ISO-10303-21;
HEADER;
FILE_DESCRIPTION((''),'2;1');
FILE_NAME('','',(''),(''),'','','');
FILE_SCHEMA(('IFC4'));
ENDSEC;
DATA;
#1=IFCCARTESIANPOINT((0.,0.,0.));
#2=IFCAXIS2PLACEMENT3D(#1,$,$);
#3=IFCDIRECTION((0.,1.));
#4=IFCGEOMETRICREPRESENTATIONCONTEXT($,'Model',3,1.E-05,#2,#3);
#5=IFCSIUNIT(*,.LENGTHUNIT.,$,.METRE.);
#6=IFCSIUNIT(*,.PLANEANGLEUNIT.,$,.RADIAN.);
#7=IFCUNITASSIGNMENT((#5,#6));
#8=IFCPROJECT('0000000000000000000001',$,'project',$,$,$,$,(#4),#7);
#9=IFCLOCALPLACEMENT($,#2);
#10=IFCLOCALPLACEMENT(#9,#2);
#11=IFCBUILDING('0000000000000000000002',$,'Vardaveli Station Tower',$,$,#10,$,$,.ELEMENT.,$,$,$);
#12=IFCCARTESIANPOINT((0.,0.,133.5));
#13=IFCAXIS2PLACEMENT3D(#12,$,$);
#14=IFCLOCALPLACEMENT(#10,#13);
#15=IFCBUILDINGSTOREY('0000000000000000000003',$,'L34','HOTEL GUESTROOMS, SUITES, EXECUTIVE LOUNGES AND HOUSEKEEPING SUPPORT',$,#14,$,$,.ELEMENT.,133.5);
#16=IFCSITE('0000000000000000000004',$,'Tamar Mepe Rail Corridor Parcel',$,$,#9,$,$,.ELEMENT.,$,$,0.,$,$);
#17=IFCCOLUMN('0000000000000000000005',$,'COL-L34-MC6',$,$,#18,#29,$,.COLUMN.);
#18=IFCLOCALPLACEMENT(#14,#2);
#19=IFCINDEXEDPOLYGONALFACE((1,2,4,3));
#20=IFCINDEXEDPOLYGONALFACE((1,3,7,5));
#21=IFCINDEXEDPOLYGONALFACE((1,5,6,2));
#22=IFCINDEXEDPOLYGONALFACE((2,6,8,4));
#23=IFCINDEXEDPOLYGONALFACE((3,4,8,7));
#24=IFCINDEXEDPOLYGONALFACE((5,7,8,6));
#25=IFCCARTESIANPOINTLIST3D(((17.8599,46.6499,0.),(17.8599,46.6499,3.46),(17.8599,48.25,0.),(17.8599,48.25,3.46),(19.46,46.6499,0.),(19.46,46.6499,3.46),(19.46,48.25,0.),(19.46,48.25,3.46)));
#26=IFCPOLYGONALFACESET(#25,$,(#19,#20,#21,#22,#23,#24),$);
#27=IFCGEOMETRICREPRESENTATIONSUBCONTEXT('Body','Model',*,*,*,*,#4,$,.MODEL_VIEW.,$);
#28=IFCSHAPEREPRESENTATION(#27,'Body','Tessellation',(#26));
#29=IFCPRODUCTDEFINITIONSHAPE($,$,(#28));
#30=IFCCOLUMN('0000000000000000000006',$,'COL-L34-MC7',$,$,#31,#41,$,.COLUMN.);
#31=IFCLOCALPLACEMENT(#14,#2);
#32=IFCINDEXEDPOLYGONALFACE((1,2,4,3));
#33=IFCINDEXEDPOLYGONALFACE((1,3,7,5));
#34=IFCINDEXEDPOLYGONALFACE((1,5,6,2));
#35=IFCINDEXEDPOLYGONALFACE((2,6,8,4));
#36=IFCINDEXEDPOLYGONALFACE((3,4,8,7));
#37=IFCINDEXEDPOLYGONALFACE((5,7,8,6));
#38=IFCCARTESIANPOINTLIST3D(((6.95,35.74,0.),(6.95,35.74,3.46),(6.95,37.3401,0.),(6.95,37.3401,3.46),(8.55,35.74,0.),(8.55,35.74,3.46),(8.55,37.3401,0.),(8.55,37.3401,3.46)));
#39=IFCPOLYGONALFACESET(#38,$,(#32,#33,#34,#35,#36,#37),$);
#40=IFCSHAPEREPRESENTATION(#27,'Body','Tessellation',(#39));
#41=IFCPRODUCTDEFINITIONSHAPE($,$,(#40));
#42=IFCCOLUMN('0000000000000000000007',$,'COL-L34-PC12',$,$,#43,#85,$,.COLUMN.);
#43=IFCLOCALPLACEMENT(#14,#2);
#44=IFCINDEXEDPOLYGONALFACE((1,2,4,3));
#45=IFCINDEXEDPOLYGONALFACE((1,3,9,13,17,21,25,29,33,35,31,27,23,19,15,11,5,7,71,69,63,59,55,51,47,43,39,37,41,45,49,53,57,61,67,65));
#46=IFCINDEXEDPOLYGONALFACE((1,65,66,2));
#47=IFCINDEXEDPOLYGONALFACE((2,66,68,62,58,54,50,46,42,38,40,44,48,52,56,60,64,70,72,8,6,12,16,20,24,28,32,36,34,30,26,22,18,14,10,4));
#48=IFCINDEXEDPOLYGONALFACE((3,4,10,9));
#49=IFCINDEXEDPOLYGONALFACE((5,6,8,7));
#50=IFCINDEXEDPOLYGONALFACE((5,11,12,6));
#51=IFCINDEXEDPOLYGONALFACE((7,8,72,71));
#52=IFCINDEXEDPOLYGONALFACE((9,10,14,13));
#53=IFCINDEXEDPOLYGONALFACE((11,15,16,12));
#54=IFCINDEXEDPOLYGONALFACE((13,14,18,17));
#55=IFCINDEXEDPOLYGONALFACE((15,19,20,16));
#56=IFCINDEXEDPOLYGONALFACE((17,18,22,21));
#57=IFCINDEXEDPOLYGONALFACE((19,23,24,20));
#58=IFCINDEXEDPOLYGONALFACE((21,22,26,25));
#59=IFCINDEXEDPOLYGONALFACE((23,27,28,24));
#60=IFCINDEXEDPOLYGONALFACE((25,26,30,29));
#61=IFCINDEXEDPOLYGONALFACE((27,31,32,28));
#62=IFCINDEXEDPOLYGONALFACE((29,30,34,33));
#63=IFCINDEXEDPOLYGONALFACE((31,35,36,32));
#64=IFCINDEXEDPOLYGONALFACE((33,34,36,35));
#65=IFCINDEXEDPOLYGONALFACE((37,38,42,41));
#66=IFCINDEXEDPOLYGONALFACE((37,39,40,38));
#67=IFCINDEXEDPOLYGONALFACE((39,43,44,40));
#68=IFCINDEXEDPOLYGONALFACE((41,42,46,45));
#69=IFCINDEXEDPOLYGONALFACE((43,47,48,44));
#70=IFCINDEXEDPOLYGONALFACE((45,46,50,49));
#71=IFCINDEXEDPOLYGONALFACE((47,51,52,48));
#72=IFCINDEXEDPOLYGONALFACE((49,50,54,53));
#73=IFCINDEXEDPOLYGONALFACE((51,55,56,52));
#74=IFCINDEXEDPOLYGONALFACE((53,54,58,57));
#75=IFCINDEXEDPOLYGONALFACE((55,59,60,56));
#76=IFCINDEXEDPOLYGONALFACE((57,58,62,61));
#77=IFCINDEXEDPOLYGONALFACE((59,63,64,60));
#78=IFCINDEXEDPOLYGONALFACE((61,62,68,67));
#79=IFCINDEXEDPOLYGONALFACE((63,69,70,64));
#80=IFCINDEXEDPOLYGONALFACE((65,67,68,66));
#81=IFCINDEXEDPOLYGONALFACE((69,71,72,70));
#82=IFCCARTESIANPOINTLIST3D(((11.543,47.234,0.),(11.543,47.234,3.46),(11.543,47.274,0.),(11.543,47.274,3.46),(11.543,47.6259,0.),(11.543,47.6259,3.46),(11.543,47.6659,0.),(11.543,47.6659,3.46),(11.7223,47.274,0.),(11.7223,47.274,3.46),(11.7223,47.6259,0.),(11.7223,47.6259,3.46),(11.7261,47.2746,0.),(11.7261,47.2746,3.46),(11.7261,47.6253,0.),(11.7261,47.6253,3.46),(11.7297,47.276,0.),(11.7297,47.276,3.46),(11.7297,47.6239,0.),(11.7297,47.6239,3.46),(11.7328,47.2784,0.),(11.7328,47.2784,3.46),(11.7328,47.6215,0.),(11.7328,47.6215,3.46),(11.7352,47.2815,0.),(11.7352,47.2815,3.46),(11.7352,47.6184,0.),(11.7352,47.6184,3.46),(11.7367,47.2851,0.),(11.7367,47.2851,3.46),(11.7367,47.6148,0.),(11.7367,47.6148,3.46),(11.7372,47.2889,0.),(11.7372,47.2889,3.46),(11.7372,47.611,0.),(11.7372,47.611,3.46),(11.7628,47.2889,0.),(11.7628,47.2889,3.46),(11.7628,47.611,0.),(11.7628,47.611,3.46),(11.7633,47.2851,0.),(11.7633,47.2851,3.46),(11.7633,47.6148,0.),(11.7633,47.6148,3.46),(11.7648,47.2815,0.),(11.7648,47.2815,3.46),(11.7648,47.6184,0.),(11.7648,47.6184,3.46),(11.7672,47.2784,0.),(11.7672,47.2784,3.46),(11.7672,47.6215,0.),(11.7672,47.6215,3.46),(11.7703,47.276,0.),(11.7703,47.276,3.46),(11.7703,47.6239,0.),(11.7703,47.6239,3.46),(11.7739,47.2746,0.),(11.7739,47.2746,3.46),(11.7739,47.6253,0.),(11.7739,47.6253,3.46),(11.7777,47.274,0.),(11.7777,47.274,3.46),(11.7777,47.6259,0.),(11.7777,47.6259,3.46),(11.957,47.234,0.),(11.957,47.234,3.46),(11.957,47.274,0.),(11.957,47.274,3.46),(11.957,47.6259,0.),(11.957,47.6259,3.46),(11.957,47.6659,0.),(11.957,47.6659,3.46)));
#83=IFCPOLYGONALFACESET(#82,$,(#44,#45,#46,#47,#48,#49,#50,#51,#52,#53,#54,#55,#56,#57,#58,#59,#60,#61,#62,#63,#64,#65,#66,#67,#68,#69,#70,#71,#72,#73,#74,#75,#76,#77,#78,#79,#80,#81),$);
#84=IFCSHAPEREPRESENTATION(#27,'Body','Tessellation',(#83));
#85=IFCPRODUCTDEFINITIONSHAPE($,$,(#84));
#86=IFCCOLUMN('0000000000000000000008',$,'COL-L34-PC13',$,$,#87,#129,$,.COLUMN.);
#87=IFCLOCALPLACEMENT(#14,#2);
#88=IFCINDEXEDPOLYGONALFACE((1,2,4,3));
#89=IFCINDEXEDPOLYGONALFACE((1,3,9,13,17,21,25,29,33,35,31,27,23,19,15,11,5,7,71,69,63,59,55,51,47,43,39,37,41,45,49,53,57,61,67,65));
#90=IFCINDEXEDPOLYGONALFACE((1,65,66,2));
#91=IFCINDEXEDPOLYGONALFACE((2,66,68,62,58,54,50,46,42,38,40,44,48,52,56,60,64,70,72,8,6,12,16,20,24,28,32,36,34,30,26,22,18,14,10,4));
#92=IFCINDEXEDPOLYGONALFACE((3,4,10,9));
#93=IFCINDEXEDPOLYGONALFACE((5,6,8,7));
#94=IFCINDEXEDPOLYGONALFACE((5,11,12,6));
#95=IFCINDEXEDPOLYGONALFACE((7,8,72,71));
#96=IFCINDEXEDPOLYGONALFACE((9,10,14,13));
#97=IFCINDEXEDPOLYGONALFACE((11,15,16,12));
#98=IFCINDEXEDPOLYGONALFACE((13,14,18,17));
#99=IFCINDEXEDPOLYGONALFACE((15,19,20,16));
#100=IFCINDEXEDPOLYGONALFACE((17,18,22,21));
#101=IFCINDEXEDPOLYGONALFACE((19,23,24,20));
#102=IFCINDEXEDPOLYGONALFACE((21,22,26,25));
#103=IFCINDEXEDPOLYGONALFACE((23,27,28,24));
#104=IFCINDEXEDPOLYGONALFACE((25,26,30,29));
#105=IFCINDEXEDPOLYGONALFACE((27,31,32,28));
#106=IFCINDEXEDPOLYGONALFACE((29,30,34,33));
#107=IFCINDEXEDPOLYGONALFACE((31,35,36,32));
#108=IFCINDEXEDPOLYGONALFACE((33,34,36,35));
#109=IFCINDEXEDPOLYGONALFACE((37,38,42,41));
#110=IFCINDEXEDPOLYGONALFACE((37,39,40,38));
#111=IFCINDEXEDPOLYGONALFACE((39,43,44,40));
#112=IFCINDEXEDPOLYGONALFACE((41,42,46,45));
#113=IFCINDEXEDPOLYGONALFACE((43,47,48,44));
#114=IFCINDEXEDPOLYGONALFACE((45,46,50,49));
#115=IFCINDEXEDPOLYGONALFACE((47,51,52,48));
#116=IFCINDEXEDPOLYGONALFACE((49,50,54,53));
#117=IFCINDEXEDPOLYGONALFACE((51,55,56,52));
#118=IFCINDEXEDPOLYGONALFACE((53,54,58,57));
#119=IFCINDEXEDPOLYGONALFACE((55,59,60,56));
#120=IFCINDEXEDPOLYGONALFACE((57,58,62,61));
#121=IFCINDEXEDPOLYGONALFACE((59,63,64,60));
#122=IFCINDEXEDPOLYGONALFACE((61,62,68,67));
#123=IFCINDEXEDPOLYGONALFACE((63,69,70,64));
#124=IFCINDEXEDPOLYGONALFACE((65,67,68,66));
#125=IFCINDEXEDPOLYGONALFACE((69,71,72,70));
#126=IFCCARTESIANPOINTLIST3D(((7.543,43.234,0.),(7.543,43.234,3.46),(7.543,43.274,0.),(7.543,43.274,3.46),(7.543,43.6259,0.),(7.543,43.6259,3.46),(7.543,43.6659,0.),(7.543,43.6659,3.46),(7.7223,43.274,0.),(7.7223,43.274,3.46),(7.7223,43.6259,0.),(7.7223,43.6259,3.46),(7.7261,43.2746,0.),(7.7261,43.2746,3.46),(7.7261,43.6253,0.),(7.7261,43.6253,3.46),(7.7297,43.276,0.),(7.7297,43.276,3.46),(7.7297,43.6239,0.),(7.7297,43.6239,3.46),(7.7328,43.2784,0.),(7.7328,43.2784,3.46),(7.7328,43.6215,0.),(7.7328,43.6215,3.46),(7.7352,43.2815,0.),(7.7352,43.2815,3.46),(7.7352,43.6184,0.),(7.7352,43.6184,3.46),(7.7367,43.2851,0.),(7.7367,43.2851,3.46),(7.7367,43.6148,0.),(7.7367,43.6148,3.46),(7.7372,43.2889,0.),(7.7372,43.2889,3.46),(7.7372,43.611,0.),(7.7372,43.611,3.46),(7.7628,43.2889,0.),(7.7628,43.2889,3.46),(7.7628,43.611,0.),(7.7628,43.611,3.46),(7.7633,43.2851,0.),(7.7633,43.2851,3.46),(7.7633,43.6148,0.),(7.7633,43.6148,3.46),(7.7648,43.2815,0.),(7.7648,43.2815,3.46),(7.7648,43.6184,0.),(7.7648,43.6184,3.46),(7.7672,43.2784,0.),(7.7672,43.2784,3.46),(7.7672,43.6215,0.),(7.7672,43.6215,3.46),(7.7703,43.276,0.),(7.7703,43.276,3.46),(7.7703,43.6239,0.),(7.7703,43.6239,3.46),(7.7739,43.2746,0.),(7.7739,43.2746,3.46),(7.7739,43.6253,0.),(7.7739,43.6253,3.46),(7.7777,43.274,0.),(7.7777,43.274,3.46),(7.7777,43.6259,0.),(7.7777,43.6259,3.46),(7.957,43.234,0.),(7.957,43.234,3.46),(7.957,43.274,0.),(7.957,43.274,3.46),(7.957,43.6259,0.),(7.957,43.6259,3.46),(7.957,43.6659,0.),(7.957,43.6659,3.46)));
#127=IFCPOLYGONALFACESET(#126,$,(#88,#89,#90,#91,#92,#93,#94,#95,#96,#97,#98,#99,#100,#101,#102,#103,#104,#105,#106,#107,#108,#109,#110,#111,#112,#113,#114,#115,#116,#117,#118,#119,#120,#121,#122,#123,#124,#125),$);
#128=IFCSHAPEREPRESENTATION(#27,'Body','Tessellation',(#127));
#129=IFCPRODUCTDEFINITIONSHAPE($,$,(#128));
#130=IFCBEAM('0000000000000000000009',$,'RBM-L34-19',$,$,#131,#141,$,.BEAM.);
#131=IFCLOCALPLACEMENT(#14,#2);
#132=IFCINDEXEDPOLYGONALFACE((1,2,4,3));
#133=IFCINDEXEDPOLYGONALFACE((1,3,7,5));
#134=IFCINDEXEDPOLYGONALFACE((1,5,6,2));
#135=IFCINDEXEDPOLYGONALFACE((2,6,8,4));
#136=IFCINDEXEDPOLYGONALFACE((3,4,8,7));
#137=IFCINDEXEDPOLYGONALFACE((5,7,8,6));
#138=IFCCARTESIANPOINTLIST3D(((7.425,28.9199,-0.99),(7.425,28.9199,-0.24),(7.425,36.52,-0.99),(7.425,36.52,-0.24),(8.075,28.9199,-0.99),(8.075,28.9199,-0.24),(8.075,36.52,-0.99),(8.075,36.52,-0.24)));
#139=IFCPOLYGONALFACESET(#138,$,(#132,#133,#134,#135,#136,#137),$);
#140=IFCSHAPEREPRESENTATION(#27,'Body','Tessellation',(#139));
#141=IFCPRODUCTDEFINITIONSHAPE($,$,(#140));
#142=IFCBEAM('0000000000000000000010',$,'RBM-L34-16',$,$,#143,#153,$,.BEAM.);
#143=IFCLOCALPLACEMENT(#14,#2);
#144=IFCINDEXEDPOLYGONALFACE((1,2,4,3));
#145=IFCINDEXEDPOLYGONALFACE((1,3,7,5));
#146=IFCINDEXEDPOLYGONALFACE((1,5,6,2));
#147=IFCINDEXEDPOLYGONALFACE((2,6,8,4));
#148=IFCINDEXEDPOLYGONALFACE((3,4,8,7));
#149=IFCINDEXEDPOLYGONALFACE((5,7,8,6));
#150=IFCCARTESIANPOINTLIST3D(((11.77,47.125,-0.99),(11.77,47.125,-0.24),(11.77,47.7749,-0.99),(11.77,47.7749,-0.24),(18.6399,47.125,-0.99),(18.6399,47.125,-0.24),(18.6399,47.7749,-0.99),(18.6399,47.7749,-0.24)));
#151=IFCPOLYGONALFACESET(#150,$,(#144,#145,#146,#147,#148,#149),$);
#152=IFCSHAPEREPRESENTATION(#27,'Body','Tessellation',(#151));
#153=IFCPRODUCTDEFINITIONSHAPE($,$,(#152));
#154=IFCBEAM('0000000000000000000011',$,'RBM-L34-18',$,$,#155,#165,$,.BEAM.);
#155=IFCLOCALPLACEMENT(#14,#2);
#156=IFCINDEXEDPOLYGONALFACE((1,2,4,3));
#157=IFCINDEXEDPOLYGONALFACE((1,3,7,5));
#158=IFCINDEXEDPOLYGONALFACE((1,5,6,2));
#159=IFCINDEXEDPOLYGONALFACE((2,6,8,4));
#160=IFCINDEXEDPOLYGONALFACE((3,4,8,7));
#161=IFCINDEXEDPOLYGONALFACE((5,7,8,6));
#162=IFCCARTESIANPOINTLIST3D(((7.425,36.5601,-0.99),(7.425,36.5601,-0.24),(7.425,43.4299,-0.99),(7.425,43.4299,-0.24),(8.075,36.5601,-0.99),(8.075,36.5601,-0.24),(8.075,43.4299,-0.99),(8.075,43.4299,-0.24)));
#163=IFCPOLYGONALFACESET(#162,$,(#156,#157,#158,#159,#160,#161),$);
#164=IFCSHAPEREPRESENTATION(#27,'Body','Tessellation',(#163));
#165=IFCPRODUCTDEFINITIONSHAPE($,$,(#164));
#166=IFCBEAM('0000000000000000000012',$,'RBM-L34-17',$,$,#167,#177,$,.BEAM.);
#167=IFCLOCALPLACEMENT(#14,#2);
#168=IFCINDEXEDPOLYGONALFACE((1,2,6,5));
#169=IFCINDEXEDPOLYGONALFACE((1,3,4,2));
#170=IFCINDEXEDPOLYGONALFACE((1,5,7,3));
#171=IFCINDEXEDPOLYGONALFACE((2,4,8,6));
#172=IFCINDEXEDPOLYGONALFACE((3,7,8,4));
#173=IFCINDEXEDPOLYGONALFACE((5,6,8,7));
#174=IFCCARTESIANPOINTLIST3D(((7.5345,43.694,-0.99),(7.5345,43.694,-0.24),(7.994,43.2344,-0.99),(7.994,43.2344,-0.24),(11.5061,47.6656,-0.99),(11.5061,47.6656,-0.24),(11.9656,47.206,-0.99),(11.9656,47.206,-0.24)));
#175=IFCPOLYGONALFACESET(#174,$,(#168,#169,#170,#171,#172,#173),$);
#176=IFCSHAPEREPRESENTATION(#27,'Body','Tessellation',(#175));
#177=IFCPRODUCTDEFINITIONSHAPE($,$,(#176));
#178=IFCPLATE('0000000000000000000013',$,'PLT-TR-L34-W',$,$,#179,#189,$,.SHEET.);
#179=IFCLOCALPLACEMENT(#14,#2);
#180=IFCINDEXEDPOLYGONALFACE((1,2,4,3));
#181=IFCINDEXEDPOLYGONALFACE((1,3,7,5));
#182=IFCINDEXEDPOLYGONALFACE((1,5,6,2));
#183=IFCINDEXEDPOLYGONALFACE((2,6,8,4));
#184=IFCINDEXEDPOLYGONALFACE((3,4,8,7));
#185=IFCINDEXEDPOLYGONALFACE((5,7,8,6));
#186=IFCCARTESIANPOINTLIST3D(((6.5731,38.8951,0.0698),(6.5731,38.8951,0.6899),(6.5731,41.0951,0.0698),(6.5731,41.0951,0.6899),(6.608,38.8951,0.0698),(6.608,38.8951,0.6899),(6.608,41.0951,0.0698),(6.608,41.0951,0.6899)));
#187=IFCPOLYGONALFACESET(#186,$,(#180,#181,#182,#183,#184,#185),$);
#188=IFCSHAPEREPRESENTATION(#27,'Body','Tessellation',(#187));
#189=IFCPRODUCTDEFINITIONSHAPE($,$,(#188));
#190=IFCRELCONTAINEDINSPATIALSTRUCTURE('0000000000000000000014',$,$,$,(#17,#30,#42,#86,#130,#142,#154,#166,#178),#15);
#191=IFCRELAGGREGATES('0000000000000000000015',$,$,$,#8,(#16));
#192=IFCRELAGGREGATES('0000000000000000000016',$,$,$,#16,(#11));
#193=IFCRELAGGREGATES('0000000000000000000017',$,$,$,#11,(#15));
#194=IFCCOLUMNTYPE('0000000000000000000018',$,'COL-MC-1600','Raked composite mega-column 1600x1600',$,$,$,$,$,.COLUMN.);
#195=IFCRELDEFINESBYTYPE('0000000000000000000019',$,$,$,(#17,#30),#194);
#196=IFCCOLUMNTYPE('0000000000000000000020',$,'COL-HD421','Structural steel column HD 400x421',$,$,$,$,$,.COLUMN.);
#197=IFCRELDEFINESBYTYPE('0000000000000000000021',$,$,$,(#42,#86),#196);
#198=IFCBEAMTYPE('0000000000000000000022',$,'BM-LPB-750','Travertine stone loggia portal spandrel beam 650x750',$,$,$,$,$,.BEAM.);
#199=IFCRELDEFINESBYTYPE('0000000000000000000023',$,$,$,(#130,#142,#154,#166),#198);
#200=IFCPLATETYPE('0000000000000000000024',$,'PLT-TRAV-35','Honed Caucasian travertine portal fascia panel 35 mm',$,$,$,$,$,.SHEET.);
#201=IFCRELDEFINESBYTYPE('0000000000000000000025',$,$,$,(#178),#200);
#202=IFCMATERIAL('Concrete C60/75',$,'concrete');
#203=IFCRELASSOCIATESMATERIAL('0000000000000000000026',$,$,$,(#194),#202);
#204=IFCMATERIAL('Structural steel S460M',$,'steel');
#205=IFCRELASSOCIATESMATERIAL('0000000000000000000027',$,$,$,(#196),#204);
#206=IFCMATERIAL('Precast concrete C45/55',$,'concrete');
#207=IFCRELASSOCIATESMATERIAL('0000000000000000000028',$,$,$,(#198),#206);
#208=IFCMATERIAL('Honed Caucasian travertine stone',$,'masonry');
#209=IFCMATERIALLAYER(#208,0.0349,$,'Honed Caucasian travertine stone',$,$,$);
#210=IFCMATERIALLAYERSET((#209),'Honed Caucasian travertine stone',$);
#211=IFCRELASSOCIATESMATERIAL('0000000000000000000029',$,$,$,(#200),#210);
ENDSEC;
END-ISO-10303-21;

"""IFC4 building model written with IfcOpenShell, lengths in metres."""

from ifc_helpers import new_model, si_unit, direction, frame, origin, origin_2d, place, context, subcontext, project, spatial, rectangle, i_section, extrude, source, transform, mapped, material, layer, layer_set, material_profile, profile_set, type_object, element, save


model = new_model("IFC4")

# Units and contexts
model_context = context("Model", 3, precision=1e-05, world=origin(), true_north=direction((0.0, 1.0)))
body_context = subcontext(model_context, "Body", "Model", "MODEL_VIEW")
ifc_project = project(units=[si_unit("LENGTHUNIT", "METRE"), si_unit("PLANEANGLEUNIT", "RADIAN")], contexts=[model_context])

# Site, building, storey
site_placement = place(None, origin())
site = spatial("IfcSite", under=ifc_project, at=site_placement, Name="Tamar Mepe Rail Corridor Parcel", CompositionType="ELEMENT", RefElevation=0.0)
building_placement = place(site_placement, origin())
building = spatial("IfcBuilding", under=site, at=building_placement, Name="Vardaveli Station Tower", CompositionType="ELEMENT")
storey_placement = place(building_placement, frame((0.0, 0.0, 133.5)))
storey = spatial("IfcBuildingStorey", under=building, at=storey_placement, Name="L34", Description="HOTEL GUESTROOMS, SUITES, EXECUTIVE LOUNGES AND HOUSEKEEPING SUPPORT", CompositionType="ELEMENT", Elevation=133.5)

# Columns
ifc_material_1 = material(Name="Concrete C60/75", Category="concrete")
ifc_material_profile_1 = material_profile(ifc_material_1, rectangle(XDim=1.6001, YDim=1.6001, at=origin_2d()), Name="MC 1600x1600")
ifc_profile_set_1 = profile_set([ifc_material_profile_1], Name="Concrete C60/75")
column_type_1 = type_object("IfcColumnType", Name="COL-MC-1600", Description="Raked composite mega-column 1600x1600", PredefinedType="COLUMN", material=ifc_profile_set_1)
shared_shape_1 = source(origin(), body_context, "Body", "SweptSolid", [
    extrude(rectangle(XDim=1.6001, YDim=1.6001, at=origin_2d()), origin(), (0.0, 0.0, 1.0), 3.46),
])
for number, where, z_axis, x_axis, name in (
    (1, (18.6599, 47.45, 0.0), (0.0, 0.0, 1.0), (1.0, 0.0, 0.0), "COL-L34-MC6"),
    (2, (7.75, 36.54, 0.0), (0.0, 0.0, 1.0), (1.0, 0.0, 0.0), "COL-L34-MC7"),
):
    element("IfcColumn", number, at=place(storey_placement, frame(where, z_axis=z_axis, x_axis=x_axis)), inside=storey, type_object=column_type_1, Name=name, PredefinedType="COLUMN", context=body_context, shape_type="MappedRepresentation", body=[
        mapped(shared_shape_1, transform((0.0, 0.0, 0.0), scale=1.0)),
    ])
ifc_material_2 = material(Name="Structural steel S460M", Category="steel")
ifc_material_profile_2 = material_profile(ifc_material_2, i_section(OverallWidth=0.4141, OverallDepth=0.4319, WebThickness=0.0256, FlangeThickness=0.04, FilletRadius=0.0149, at=origin_2d()), Name="HD 400x421")
ifc_profile_set_2 = profile_set([ifc_material_profile_2], Name="Structural steel S460M")
column_type_2 = type_object("IfcColumnType", Name="COL-HD421", Description="Structural steel column HD 400x421", PredefinedType="COLUMN", material=ifc_profile_set_2)
shared_shape_2 = source(origin(), body_context, "Body", "SweptSolid", [
    extrude(i_section(OverallWidth=0.4141, OverallDepth=0.4319, WebThickness=0.0256, FlangeThickness=0.04, FilletRadius=0.0149, at=origin_2d()), origin(), (0.0, 0.0, 1.0), 3.46),
])
for number, where, z_axis, x_axis, name in (
    (3, (11.75, 47.45, 0.0), (0.0, 0.0, 1.0), (1.0, 0.0, 0.0), "COL-L34-PC12"),
    (4, (7.75, 43.45, 0.0), (0.0, 0.0, 1.0), (1.0, 0.0, 0.0), "COL-L34-PC13"),
):
    element("IfcColumn", number, at=place(storey_placement, frame(where, z_axis=z_axis, x_axis=x_axis)), inside=storey, type_object=column_type_2, Name=name, PredefinedType="COLUMN", context=body_context, shape_type="MappedRepresentation", body=[
        mapped(shared_shape_2, transform((0.0, 0.0, 0.0), scale=1.0)),
    ])

# Beams
ifc_material_3 = material(Name="Precast concrete C45/55", Category="concrete")
ifc_material_profile_3 = material_profile(ifc_material_3, rectangle(XDim=0.6499, YDim=0.75, at=origin_2d()), Name="LPB 650x750")
ifc_profile_set_3 = profile_set([ifc_material_profile_3], Name="Precast concrete C45/55")
beam_type = type_object("IfcBeamType", Name="BM-LPB-750", Description="Travertine stone loggia portal spandrel beam 650x750", PredefinedType="BEAM", material=ifc_profile_set_3)
shared_shape_3 = source(origin(), body_context, "Body", "SweptSolid", [
    extrude(rectangle(XDim=0.6499, YDim=0.75, at=origin_2d()), origin(), (0.0, 0.0, 1.0), 7.6001),
])
beam_1_placement = place(storey_placement, frame((7.75, 36.52, -0.615), z_axis=(0.0, -1.0, 0.0), x_axis=(1.0, 0.0, 0.0)))
element("IfcBeam", 5, at=beam_1_placement, inside=storey, type_object=beam_type, Name="RBM-L34-19", PredefinedType="BEAM", context=body_context, shape_type="MappedRepresentation", body=[
    mapped(shared_shape_3, transform((0.0, 0.0, 0.0), scale=1.0)),
])
shared_shape_4 = source(origin(), body_context, "Body", "SweptSolid", [
    extrude(rectangle(XDim=0.6499, YDim=0.75, at=origin_2d()), origin(), (0.0, 0.0, 1.0), 6.8699),
])
for number, where, z_axis, x_axis, name in (
    (6, (18.6399, 47.45, -0.615), (-1.0, 0.0, 0.0), (0.0, -1.0, 0.0), "RBM-L34-16"),
    (7, (7.75, 43.4299, -0.615), (0.0, -1.0, 0.0), (1.0, 0.0, 0.0), "RBM-L34-18"),
):
    element("IfcBeam", number, at=place(storey_placement, frame(where, z_axis=z_axis, x_axis=x_axis)), inside=storey, type_object=beam_type, Name=name, PredefinedType="BEAM", context=body_context, shape_type="MappedRepresentation", body=[
        mapped(shared_shape_4, transform((0.0, 0.0, 0.0), scale=1.0)),
    ])
shared_shape_5 = source(origin(), body_context, "Body", "SweptSolid", [
    extrude(rectangle(XDim=0.6499, YDim=0.75, at=origin_2d()), origin(), (0.0, 0.0, 1.0), 5.6167),
])
beam_2_placement = place(storey_placement, frame((11.7358, 47.4358, -0.615), z_axis=(-0.707107, -0.707107, 0.0), x_axis=(0.707107, -0.707107, 0.0)))
element("IfcBeam", 8, at=beam_2_placement, inside=storey, type_object=beam_type, Name="RBM-L34-17", PredefinedType="BEAM", context=body_context, shape_type="MappedRepresentation", body=[
    mapped(shared_shape_5, transform((0.0, 0.0, 0.0), scale=1.0)),
])

# Plate
ifc_material_4 = material(Name="Honed Caucasian travertine stone", Category="masonry")
ifc_layer_1 = layer(ifc_material_4, 0.0349, Name="Honed Caucasian travertine stone")
ifc_layer_set_1 = layer_set([ifc_layer_1], Name="Honed Caucasian travertine stone")
plate_type = type_object("IfcPlateType", Name="PLT-TRAV-35", Description="Honed Caucasian travertine portal fascia panel 35 mm", PredefinedType="SHEET", material=ifc_layer_set_1)
shared_shape_6 = source(origin(), body_context, "Body", "SweptSolid", [
    extrude(rectangle(XDim=2.2, YDim=0.0349, at=origin_2d()), origin(), (0.0, 0.0, 1.0), 0.6201),
])
plate_placement = place(storey_placement, frame((6.5906, 39.9951, 0.0698), z_axis=(0.0, 0.0, 1.0), x_axis=(0.0, 1.0, 0.0)))
element("IfcPlate", 9, at=plate_placement, inside=storey, type_object=plate_type, Name="PLT-TR-L34-W", PredefinedType="SHEET", context=body_context, shape_type="MappedRepresentation", body=[
    mapped(shared_shape_6, transform((0.0, 0.0, 0.0), scale=1.0)),
])

save(model, "model.ifc")
